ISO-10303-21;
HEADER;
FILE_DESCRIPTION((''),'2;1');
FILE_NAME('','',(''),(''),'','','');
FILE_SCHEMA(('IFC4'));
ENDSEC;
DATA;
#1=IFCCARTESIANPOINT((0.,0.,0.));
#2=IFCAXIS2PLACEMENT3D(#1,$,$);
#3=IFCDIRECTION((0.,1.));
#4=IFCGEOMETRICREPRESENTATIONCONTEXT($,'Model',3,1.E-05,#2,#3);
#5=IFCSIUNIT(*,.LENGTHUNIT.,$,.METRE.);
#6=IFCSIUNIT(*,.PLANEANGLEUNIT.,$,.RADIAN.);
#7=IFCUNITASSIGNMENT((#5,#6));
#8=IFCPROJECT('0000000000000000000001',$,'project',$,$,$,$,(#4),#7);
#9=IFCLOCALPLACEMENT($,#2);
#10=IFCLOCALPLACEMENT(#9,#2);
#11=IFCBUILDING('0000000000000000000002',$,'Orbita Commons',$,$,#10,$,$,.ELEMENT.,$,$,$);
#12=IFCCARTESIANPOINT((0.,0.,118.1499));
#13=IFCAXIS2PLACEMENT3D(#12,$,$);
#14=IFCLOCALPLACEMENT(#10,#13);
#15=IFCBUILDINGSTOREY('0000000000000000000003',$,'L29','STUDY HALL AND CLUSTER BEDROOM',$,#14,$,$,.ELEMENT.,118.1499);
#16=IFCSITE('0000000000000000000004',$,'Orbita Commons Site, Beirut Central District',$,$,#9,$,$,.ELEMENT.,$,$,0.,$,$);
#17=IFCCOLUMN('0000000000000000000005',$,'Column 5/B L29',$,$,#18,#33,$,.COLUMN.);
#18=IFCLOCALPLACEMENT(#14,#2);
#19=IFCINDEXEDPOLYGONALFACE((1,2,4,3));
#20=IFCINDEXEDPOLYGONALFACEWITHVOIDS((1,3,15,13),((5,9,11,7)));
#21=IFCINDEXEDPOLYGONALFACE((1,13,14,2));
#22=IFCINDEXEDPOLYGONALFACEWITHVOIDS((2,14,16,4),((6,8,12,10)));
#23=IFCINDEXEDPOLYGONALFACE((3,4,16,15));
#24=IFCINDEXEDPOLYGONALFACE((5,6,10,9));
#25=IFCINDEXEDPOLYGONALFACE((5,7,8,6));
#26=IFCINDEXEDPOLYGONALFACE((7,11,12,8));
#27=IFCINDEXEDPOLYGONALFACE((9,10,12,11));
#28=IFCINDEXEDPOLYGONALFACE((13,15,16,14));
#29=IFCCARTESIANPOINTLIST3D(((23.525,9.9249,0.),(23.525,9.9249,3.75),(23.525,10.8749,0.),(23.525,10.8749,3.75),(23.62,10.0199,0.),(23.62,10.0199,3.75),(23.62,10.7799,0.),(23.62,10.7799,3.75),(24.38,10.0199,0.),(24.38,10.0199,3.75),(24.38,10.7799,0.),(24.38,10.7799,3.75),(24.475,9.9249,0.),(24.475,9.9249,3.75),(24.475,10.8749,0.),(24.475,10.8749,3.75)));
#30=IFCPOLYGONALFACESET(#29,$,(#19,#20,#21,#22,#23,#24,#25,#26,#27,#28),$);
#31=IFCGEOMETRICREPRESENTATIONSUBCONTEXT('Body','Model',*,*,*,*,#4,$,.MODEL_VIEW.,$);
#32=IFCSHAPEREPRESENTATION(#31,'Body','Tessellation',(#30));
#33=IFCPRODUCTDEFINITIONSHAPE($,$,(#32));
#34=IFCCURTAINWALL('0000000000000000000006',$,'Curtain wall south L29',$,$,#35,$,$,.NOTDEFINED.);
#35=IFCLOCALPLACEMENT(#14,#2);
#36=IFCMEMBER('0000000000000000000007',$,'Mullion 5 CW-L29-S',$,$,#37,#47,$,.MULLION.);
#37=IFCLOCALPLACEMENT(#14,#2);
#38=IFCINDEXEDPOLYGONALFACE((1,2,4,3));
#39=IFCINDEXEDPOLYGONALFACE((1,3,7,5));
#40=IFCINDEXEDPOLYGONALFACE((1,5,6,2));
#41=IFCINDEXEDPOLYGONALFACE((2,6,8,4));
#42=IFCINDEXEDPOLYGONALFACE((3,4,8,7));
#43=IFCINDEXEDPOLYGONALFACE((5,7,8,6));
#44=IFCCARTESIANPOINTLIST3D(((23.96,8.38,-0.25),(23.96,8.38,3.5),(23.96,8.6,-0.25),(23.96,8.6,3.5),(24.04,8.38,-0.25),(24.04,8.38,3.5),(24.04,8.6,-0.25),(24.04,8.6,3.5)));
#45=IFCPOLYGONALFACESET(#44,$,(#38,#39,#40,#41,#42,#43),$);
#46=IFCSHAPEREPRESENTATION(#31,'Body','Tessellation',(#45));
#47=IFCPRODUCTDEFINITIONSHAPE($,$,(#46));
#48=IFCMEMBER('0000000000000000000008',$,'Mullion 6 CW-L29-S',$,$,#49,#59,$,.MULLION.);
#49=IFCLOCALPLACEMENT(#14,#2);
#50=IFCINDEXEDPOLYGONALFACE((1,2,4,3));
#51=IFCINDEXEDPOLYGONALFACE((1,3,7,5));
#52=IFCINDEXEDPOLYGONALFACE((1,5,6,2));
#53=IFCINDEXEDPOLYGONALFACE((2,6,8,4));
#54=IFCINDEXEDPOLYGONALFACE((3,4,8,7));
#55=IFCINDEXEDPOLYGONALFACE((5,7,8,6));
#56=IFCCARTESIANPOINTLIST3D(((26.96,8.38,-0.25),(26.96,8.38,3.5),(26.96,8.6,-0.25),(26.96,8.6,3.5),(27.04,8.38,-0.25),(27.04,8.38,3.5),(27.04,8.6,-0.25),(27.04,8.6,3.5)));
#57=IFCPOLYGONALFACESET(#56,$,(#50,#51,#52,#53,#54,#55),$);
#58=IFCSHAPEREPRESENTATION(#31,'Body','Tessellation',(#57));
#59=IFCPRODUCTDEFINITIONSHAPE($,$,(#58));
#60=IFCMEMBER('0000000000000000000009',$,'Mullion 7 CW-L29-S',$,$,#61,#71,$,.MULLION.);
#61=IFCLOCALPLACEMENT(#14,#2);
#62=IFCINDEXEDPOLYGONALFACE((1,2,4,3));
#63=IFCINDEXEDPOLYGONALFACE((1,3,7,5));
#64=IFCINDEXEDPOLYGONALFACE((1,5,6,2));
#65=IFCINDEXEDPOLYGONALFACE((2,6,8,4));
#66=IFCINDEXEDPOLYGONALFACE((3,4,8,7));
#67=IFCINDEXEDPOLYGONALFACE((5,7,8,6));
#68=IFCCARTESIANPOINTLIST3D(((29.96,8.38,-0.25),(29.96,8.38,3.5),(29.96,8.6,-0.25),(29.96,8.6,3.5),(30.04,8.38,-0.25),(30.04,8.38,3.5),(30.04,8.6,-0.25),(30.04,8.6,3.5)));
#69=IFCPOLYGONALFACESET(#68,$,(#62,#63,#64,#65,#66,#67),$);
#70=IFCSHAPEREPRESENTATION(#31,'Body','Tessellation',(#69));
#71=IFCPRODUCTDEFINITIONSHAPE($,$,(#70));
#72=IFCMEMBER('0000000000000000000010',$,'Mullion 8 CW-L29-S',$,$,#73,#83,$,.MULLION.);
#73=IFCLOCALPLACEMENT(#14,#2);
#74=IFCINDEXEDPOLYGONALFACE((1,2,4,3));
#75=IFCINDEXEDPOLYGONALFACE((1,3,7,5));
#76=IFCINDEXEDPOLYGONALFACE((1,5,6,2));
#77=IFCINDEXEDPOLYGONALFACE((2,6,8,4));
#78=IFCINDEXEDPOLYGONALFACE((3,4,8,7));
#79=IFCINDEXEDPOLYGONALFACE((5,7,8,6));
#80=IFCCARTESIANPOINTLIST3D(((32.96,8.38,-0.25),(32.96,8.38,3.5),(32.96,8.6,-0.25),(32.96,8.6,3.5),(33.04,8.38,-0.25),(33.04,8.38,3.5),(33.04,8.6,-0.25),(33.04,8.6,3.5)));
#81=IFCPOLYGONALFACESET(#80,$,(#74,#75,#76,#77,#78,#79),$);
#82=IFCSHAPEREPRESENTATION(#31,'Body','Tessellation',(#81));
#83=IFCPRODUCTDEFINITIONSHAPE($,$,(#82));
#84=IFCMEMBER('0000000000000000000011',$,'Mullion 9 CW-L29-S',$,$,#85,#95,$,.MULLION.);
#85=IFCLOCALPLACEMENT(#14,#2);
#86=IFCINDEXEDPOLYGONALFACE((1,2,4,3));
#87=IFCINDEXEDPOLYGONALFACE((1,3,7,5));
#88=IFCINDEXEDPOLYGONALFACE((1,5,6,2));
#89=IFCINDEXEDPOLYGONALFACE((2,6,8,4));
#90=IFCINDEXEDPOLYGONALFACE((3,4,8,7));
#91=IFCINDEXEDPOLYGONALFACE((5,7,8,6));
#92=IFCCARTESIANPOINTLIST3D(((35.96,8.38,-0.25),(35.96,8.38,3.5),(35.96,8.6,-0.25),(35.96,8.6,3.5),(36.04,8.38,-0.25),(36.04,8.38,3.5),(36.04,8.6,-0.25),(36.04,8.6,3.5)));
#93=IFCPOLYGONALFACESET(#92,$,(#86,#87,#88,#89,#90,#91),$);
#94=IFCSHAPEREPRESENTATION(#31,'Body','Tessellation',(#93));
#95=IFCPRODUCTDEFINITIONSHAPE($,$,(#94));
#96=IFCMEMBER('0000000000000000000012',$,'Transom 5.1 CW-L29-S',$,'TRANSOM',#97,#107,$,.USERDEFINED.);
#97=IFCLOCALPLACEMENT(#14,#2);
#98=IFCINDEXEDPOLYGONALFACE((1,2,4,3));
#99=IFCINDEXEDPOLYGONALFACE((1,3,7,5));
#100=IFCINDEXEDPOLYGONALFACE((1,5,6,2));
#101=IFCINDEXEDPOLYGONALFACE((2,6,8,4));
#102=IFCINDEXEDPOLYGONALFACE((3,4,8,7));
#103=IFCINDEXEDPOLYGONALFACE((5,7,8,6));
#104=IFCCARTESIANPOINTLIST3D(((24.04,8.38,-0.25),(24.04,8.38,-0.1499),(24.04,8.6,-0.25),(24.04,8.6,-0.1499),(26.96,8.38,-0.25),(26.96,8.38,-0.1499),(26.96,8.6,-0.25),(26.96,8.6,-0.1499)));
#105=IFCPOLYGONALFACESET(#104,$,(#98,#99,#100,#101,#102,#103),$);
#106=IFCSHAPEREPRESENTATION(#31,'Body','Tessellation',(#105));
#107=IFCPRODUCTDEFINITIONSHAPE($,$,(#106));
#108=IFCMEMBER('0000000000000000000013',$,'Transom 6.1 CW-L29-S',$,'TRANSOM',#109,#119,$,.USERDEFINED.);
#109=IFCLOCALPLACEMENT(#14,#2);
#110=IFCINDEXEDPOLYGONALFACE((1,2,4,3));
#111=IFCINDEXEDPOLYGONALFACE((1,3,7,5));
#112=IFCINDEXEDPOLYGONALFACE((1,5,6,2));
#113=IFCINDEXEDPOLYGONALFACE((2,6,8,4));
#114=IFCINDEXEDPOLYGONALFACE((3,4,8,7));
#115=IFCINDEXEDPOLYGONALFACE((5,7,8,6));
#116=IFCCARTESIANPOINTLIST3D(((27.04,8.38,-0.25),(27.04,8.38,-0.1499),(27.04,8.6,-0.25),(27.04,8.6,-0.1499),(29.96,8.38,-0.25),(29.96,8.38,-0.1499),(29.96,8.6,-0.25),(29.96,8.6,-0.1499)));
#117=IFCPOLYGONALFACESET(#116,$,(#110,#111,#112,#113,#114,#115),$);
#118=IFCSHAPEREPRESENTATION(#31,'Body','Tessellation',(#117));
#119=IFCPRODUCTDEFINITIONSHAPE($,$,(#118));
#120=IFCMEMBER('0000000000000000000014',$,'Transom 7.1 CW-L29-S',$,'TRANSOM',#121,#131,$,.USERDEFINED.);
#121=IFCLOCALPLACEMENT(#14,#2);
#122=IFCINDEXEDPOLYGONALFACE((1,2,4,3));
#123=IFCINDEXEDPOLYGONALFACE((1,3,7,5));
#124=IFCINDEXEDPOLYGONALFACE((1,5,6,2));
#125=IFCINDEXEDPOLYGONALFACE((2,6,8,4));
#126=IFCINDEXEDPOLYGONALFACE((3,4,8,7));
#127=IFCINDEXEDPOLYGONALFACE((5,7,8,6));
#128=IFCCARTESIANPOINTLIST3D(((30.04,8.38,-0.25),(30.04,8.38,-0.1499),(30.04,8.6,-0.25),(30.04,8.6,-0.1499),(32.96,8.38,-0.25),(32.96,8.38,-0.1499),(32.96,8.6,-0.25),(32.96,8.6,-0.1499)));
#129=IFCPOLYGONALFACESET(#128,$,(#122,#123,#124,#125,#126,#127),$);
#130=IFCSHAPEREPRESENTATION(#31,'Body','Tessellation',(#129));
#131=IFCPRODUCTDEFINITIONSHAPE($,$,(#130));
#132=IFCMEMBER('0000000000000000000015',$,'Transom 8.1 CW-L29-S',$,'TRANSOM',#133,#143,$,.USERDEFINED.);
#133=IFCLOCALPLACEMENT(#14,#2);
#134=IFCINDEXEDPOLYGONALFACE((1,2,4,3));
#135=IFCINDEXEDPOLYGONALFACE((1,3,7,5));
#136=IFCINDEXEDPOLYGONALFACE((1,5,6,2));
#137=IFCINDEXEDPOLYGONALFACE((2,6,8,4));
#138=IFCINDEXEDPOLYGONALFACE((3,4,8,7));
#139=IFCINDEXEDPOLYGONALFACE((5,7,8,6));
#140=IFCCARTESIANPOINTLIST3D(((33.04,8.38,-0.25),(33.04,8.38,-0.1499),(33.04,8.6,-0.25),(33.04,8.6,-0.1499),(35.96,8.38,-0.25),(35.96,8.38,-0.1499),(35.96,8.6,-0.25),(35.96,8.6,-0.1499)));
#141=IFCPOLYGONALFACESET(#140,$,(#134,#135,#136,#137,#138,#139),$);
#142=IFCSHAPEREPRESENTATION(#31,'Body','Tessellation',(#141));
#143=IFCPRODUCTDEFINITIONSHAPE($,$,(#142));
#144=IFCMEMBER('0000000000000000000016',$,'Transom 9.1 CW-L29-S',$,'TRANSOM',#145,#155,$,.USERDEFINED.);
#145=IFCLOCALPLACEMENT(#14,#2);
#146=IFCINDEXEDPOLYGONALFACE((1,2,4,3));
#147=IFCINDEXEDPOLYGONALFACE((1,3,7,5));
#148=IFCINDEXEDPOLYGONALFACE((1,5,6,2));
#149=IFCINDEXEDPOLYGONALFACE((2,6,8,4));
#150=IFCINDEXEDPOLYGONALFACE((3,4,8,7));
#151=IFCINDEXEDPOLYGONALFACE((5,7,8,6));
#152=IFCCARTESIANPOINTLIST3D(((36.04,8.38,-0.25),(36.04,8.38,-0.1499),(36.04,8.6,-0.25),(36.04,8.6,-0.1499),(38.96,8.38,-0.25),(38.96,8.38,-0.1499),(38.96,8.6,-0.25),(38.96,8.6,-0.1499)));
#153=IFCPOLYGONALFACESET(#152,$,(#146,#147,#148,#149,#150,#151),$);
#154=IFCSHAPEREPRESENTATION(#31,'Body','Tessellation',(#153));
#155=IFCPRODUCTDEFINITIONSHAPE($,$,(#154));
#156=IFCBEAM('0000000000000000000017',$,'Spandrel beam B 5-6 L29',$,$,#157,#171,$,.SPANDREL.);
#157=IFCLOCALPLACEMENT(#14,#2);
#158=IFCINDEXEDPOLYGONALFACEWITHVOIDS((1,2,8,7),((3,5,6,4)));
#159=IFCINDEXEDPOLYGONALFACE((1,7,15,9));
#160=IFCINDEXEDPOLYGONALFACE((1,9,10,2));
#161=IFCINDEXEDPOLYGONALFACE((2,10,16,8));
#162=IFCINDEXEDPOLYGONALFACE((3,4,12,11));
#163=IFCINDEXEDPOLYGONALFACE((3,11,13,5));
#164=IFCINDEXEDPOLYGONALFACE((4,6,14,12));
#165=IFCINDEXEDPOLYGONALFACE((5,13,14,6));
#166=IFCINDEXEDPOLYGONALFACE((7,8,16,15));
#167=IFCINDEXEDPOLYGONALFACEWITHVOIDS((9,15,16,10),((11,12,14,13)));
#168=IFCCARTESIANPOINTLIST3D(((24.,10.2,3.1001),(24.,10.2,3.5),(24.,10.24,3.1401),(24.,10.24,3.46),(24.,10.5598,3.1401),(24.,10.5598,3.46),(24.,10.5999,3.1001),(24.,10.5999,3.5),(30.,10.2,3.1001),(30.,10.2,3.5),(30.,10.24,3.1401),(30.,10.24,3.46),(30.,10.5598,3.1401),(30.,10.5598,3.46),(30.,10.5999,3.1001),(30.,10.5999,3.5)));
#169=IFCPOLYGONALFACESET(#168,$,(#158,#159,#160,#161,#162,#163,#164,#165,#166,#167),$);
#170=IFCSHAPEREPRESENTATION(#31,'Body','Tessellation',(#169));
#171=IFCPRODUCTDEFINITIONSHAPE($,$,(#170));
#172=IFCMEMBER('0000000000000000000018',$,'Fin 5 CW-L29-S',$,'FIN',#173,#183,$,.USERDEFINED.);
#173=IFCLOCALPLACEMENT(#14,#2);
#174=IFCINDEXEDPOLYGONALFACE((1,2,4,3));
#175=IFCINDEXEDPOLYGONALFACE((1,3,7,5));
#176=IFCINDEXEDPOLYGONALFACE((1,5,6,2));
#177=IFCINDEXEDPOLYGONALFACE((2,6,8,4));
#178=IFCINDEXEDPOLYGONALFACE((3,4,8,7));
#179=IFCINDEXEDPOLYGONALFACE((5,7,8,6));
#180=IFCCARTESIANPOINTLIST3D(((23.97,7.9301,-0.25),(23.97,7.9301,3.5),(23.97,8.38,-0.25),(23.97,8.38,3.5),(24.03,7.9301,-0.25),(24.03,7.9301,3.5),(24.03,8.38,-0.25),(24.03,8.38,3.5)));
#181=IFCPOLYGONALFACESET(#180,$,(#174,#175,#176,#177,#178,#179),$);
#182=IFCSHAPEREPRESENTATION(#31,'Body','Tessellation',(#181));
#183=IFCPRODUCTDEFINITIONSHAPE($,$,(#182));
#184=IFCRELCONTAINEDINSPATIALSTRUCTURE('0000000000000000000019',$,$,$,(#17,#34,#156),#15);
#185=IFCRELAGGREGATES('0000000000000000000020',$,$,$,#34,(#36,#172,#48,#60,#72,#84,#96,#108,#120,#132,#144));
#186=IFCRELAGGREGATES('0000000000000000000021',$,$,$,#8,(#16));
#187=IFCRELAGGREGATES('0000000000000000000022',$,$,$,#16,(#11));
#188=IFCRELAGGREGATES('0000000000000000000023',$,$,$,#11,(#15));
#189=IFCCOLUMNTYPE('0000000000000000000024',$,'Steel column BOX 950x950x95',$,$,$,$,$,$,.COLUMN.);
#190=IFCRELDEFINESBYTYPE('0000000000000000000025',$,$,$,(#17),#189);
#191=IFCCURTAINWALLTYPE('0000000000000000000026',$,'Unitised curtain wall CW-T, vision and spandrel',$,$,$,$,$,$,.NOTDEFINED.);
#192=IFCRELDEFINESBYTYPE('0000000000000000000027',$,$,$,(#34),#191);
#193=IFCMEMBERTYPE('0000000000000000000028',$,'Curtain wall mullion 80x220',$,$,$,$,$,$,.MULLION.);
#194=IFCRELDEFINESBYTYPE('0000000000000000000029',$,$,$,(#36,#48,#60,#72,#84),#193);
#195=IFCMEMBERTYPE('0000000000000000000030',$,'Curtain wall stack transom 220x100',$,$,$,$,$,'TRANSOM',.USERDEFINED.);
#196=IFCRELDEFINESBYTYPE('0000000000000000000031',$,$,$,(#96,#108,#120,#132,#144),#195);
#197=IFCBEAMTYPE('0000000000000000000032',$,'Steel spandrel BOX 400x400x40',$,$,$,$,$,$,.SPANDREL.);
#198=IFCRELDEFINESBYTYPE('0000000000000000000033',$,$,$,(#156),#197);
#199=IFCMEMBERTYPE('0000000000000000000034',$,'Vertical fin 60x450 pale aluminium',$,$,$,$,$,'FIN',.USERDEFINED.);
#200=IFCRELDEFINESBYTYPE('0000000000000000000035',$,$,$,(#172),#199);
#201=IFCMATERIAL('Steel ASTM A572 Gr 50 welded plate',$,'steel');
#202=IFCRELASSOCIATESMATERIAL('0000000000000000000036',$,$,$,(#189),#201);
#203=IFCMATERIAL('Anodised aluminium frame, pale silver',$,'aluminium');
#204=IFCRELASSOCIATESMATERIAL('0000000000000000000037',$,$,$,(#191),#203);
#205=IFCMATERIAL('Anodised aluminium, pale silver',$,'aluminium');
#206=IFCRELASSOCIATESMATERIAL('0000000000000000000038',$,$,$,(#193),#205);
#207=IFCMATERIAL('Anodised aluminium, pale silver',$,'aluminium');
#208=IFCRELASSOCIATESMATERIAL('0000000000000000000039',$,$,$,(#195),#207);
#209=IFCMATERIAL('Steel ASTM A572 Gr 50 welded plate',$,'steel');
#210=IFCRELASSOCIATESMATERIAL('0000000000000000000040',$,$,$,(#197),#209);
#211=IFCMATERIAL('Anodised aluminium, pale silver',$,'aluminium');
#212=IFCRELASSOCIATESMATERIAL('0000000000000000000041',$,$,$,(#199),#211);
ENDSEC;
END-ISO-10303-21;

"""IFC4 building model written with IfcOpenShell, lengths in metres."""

from ifc_helpers import new_model, si_unit, direction, frame, origin, origin_2d, place, context, subcontext, project, spatial, rectangle, hollow_rectangle, extrude, material, material_profile, profile_set, type_object, element, aggregate, save


model = new_model("IFC4")

# Units and contexts
model_context = context("Model", 3, precision=1e-05, world=origin(), true_north=direction((0.0, 1.0)))
body_context = subcontext(model_context, "Body", "Model", "MODEL_VIEW")
ifc_project = project(units=[si_unit("LENGTHUNIT", "METRE"), si_unit("PLANEANGLEUNIT", "RADIAN")], contexts=[model_context])

# Site, building, storey
site_placement = place(None, origin())
site = spatial("IfcSite", under=ifc_project, at=site_placement, Name="Orbita Commons Site, Beirut Central District", CompositionType="ELEMENT", RefElevation=0.0)
building_placement = place(site_placement, origin())
building = spatial("IfcBuilding", under=site, at=building_placement, Name="Orbita Commons", CompositionType="ELEMENT")
storey_placement = place(building_placement, frame((0.0, 0.0, 118.1499)))
storey = spatial("IfcBuildingStorey", under=building, at=storey_placement, Name="L29", Description="STUDY HALL AND CLUSTER BEDROOM", CompositionType="ELEMENT", Elevation=118.1499)

# Column
ifc_material_1 = material(Name="Steel ASTM A572 Gr 50 welded plate", Category="steel")
ifc_material_profile_1 = material_profile(ifc_material_1, hollow_rectangle(XDim=0.95, YDim=0.95, WallThickness=0.095, at=origin_2d()), Name="BOX 950x950x95")
ifc_profile_set_1 = profile_set([ifc_material_profile_1], Name="Steel ASTM A572 Gr 50 welded plate")
column_type = type_object("IfcColumnType", Name="Steel column BOX 950x950x95", PredefinedType="COLUMN", material=ifc_profile_set_1)
column_placement = place(storey_placement, frame((24.0, 10.3999, 0.0), z_axis=(0.0, 0.0, 1.0), x_axis=(1.0, 0.0, 0.0)))
element("IfcColumn", 1, at=column_placement, inside=storey, type_object=column_type, Name="Column 5/B L29", PredefinedType="COLUMN", context=body_context, shape_type="SweptSolid", body=[
    extrude(hollow_rectangle(XDim=0.95, YDim=0.95, WallThickness=0.095, at=origin_2d()), origin(), (0.0, 0.0, 1.0), 3.75),
])

# Curtain wall, members
ifc_material_2 = material(Name="Anodised aluminium frame, pale silver", Category="aluminium")
curtain_wall_type = type_object("IfcCurtainWallType", Name="Unitised curtain wall CW-T, vision and spandrel", PredefinedType="NOTDEFINED", material=ifc_material_2)
curtain_wall_placement = place(storey_placement, origin())
curtain_wall = element("IfcCurtainWall", 2, at=curtain_wall_placement, inside=storey, type_object=curtain_wall_type, Name="Curtain wall south L29", PredefinedType="NOTDEFINED")
ifc_material_3 = material(Name="Anodised aluminium, pale silver", Category="aluminium")
ifc_material_profile_2 = material_profile(ifc_material_3, rectangle(XDim=0.0801, YDim=0.22, at=origin_2d()), Name="AL 80x220")
ifc_profile_set_2 = profile_set([ifc_material_profile_2], Name="Anodised aluminium, pale silver")
member_type_1 = type_object("IfcMemberType", Name="Curtain wall mullion 80x220", PredefinedType="MULLION", material=ifc_profile_set_2)
member_1_placement = place(storey_placement, frame((24.0, 8.49, -0.25), z_axis=(0.0, 0.0, 1.0), x_axis=(1.0, 0.0, 0.0)))
member_1 = element("IfcMember", 3, at=member_1_placement, type_object=member_type_1, Name="Mullion 5 CW-L29-S", PredefinedType="MULLION", context=body_context, shape_type="SweptSolid", body=[
    extrude(rectangle(XDim=0.0801, YDim=0.22, at=origin_2d()), origin(), (0.0, 0.0, 1.0), 3.75),
])
member_2_placement = place(storey_placement, frame((27.0, 8.49, -0.25), z_axis=(0.0, 0.0, 1.0), x_axis=(1.0, 0.0, 0.0)))
member_2 = element("IfcMember", 4, at=member_2_placement, type_object=member_type_1, Name="Mullion 6 CW-L29-S", PredefinedType="MULLION", context=body_context, shape_type="SweptSolid", body=[
    extrude(rectangle(XDim=0.0801, YDim=0.22, at=origin_2d()), origin(), (0.0, 0.0, 1.0), 3.75),
])
member_3_placement = place(storey_placement, frame((30.0, 8.49, -0.25), z_axis=(0.0, 0.0, 1.0), x_axis=(1.0, 0.0, 0.0)))
member_3 = element("IfcMember", 5, at=member_3_placement, type_object=member_type_1, Name="Mullion 7 CW-L29-S", PredefinedType="MULLION", context=body_context, shape_type="SweptSolid", body=[
    extrude(rectangle(XDim=0.0801, YDim=0.22, at=origin_2d()), origin(), (0.0, 0.0, 1.0), 3.75),
])
member_4_placement = place(storey_placement, frame((33.0, 8.49, -0.25), z_axis=(0.0, 0.0, 1.0), x_axis=(1.0, 0.0, 0.0)))
member_4 = element("IfcMember", 6, at=member_4_placement, type_object=member_type_1, Name="Mullion 8 CW-L29-S", PredefinedType="MULLION", context=body_context, shape_type="SweptSolid", body=[
    extrude(rectangle(XDim=0.0801, YDim=0.22, at=origin_2d()), origin(), (0.0, 0.0, 1.0), 3.75),
])
member_5_placement = place(storey_placement, frame((36.0, 8.49, -0.25), z_axis=(0.0, 0.0, 1.0), x_axis=(1.0, 0.0, 0.0)))
member_5 = element("IfcMember", 7, at=member_5_placement, type_object=member_type_1, Name="Mullion 9 CW-L29-S", PredefinedType="MULLION", context=body_context, shape_type="SweptSolid", body=[
    extrude(rectangle(XDim=0.0801, YDim=0.22, at=origin_2d()), origin(), (0.0, 0.0, 1.0), 3.75),
])
ifc_material_4 = material(Name="Anodised aluminium, pale silver", Category="aluminium")
ifc_material_profile_3 = material_profile(ifc_material_4, rectangle(XDim=0.22, YDim=0.1001, at=origin_2d()), Name="AL 220x100")
ifc_profile_set_3 = profile_set([ifc_material_profile_3], Name="Anodised aluminium, pale silver")
member_type_2 = type_object("IfcMemberType", Name="Curtain wall stack transom 220x100", ElementType="TRANSOM", PredefinedType="USERDEFINED", material=ifc_profile_set_3)
member_6_placement = place(storey_placement, frame((24.04, 8.49, -0.2), z_axis=(1.0, 0.0, 0.0), x_axis=(0.0, 1.0, 0.0)))
member_6 = element("IfcMember", 8, at=member_6_placement, type_object=member_type_2, Name="Transom 5.1 CW-L29-S", ObjectType="TRANSOM", PredefinedType="USERDEFINED", context=body_context, shape_type="SweptSolid", body=[
    extrude(rectangle(XDim=0.22, YDim=0.1001, at=origin_2d()), origin(), (0.0, 0.0, 1.0), 2.9199),
])
member_7_placement = place(storey_placement, frame((27.04, 8.49, -0.2), z_axis=(1.0, 0.0, 0.0), x_axis=(0.0, 1.0, 0.0)))
member_7 = element("IfcMember", 9, at=member_7_placement, type_object=member_type_2, Name="Transom 6.1 CW-L29-S", ObjectType="TRANSOM", PredefinedType="USERDEFINED", context=body_context, shape_type="SweptSolid", body=[
    extrude(rectangle(XDim=0.22, YDim=0.1001, at=origin_2d()), origin(), (0.0, 0.0, 1.0), 2.9199),
])
member_8_placement = place(storey_placement, frame((30.04, 8.49, -0.2), z_axis=(1.0, 0.0, 0.0), x_axis=(0.0, 1.0, 0.0)))
member_8 = element("IfcMember", 10, at=member_8_placement, type_object=member_type_2, Name="Transom 7.1 CW-L29-S", ObjectType="TRANSOM", PredefinedType="USERDEFINED", context=body_context, shape_type="SweptSolid", body=[
    extrude(rectangle(XDim=0.22, YDim=0.1001, at=origin_2d()), origin(), (0.0, 0.0, 1.0), 2.9199),
])
member_9_placement = place(storey_placement, frame((33.04, 8.49, -0.2), z_axis=(1.0, 0.0, 0.0), x_axis=(0.0, 1.0, 0.0)))
member_9 = element("IfcMember", 11, at=member_9_placement, type_object=member_type_2, Name="Transom 8.1 CW-L29-S", ObjectType="TRANSOM", PredefinedType="USERDEFINED", context=body_context, shape_type="SweptSolid", body=[
    extrude(rectangle(XDim=0.22, YDim=0.1001, at=origin_2d()), origin(), (0.0, 0.0, 1.0), 2.9199),
])
member_10_placement = place(storey_placement, frame((36.04, 8.49, -0.2), z_axis=(1.0, 0.0, 0.0), x_axis=(0.0, 1.0, 0.0)))
member_10 = element("IfcMember", 12, at=member_10_placement, type_object=member_type_2, Name="Transom 9.1 CW-L29-S", ObjectType="TRANSOM", PredefinedType="USERDEFINED", context=body_context, shape_type="SweptSolid", body=[
    extrude(rectangle(XDim=0.22, YDim=0.1001, at=origin_2d()), origin(), (0.0, 0.0, 1.0), 2.9199),
])

# Beam
ifc_material_5 = material(Name="Steel ASTM A572 Gr 50 welded plate", Category="steel")
ifc_material_profile_4 = material_profile(ifc_material_5, hollow_rectangle(XDim=0.3999, YDim=0.3999, WallThickness=0.04, at=origin_2d()), Name="BOX 400x400x40")
ifc_profile_set_4 = profile_set([ifc_material_profile_4], Name="Steel ASTM A572 Gr 50 welded plate")
beam_type = type_object("IfcBeamType", Name="Steel spandrel BOX 400x400x40", PredefinedType="SPANDREL", material=ifc_profile_set_4)
beam_placement = place(storey_placement, frame((24.0, 10.3999, 3.3), z_axis=(1.0, 0.0, 0.0), x_axis=(0.0, 1.0, 0.0)))
element("IfcBeam", 13, at=beam_placement, inside=storey, type_object=beam_type, Name="Spandrel beam B 5-6 L29", PredefinedType="SPANDREL", context=body_context, shape_type="SweptSolid", body=[
    extrude(hollow_rectangle(XDim=0.3999, YDim=0.3999, WallThickness=0.04, at=origin_2d()), origin(), (0.0, 0.0, 1.0), 6.0),
])

# Member
ifc_material_6 = material(Name="Anodised aluminium, pale silver", Category="aluminium")
ifc_material_profile_5 = material_profile(ifc_material_6, rectangle(XDim=0.0601, YDim=0.45, at=origin_2d()), Name="FIN 60x450")
ifc_profile_set_5 = profile_set([ifc_material_profile_5], Name="Anodised aluminium, pale silver")
member_type_3 = type_object("IfcMemberType", Name="Vertical fin 60x450 pale aluminium", ElementType="FIN", PredefinedType="USERDEFINED", material=ifc_profile_set_5)
member_11_placement = place(storey_placement, frame((24.0, 8.155, -0.25), z_axis=(0.0, 0.0, 1.0), x_axis=(1.0, 0.0, 0.0)))
member_11 = element("IfcMember", 14, at=member_11_placement, type_object=member_type_3, Name="Fin 5 CW-L29-S", ObjectType="FIN", PredefinedType="USERDEFINED", context=body_context, shape_type="SweptSolid", body=[
    extrude(rectangle(XDim=0.0601, YDim=0.45, at=origin_2d()), origin(), (0.0, 0.0, 1.0), 3.75),
])

aggregate(curtain_wall, [member_1, member_11, member_2, member_3, member_4, member_5, member_6, member_7, member_8, member_9, member_10])

save(model, "model.ifc")
